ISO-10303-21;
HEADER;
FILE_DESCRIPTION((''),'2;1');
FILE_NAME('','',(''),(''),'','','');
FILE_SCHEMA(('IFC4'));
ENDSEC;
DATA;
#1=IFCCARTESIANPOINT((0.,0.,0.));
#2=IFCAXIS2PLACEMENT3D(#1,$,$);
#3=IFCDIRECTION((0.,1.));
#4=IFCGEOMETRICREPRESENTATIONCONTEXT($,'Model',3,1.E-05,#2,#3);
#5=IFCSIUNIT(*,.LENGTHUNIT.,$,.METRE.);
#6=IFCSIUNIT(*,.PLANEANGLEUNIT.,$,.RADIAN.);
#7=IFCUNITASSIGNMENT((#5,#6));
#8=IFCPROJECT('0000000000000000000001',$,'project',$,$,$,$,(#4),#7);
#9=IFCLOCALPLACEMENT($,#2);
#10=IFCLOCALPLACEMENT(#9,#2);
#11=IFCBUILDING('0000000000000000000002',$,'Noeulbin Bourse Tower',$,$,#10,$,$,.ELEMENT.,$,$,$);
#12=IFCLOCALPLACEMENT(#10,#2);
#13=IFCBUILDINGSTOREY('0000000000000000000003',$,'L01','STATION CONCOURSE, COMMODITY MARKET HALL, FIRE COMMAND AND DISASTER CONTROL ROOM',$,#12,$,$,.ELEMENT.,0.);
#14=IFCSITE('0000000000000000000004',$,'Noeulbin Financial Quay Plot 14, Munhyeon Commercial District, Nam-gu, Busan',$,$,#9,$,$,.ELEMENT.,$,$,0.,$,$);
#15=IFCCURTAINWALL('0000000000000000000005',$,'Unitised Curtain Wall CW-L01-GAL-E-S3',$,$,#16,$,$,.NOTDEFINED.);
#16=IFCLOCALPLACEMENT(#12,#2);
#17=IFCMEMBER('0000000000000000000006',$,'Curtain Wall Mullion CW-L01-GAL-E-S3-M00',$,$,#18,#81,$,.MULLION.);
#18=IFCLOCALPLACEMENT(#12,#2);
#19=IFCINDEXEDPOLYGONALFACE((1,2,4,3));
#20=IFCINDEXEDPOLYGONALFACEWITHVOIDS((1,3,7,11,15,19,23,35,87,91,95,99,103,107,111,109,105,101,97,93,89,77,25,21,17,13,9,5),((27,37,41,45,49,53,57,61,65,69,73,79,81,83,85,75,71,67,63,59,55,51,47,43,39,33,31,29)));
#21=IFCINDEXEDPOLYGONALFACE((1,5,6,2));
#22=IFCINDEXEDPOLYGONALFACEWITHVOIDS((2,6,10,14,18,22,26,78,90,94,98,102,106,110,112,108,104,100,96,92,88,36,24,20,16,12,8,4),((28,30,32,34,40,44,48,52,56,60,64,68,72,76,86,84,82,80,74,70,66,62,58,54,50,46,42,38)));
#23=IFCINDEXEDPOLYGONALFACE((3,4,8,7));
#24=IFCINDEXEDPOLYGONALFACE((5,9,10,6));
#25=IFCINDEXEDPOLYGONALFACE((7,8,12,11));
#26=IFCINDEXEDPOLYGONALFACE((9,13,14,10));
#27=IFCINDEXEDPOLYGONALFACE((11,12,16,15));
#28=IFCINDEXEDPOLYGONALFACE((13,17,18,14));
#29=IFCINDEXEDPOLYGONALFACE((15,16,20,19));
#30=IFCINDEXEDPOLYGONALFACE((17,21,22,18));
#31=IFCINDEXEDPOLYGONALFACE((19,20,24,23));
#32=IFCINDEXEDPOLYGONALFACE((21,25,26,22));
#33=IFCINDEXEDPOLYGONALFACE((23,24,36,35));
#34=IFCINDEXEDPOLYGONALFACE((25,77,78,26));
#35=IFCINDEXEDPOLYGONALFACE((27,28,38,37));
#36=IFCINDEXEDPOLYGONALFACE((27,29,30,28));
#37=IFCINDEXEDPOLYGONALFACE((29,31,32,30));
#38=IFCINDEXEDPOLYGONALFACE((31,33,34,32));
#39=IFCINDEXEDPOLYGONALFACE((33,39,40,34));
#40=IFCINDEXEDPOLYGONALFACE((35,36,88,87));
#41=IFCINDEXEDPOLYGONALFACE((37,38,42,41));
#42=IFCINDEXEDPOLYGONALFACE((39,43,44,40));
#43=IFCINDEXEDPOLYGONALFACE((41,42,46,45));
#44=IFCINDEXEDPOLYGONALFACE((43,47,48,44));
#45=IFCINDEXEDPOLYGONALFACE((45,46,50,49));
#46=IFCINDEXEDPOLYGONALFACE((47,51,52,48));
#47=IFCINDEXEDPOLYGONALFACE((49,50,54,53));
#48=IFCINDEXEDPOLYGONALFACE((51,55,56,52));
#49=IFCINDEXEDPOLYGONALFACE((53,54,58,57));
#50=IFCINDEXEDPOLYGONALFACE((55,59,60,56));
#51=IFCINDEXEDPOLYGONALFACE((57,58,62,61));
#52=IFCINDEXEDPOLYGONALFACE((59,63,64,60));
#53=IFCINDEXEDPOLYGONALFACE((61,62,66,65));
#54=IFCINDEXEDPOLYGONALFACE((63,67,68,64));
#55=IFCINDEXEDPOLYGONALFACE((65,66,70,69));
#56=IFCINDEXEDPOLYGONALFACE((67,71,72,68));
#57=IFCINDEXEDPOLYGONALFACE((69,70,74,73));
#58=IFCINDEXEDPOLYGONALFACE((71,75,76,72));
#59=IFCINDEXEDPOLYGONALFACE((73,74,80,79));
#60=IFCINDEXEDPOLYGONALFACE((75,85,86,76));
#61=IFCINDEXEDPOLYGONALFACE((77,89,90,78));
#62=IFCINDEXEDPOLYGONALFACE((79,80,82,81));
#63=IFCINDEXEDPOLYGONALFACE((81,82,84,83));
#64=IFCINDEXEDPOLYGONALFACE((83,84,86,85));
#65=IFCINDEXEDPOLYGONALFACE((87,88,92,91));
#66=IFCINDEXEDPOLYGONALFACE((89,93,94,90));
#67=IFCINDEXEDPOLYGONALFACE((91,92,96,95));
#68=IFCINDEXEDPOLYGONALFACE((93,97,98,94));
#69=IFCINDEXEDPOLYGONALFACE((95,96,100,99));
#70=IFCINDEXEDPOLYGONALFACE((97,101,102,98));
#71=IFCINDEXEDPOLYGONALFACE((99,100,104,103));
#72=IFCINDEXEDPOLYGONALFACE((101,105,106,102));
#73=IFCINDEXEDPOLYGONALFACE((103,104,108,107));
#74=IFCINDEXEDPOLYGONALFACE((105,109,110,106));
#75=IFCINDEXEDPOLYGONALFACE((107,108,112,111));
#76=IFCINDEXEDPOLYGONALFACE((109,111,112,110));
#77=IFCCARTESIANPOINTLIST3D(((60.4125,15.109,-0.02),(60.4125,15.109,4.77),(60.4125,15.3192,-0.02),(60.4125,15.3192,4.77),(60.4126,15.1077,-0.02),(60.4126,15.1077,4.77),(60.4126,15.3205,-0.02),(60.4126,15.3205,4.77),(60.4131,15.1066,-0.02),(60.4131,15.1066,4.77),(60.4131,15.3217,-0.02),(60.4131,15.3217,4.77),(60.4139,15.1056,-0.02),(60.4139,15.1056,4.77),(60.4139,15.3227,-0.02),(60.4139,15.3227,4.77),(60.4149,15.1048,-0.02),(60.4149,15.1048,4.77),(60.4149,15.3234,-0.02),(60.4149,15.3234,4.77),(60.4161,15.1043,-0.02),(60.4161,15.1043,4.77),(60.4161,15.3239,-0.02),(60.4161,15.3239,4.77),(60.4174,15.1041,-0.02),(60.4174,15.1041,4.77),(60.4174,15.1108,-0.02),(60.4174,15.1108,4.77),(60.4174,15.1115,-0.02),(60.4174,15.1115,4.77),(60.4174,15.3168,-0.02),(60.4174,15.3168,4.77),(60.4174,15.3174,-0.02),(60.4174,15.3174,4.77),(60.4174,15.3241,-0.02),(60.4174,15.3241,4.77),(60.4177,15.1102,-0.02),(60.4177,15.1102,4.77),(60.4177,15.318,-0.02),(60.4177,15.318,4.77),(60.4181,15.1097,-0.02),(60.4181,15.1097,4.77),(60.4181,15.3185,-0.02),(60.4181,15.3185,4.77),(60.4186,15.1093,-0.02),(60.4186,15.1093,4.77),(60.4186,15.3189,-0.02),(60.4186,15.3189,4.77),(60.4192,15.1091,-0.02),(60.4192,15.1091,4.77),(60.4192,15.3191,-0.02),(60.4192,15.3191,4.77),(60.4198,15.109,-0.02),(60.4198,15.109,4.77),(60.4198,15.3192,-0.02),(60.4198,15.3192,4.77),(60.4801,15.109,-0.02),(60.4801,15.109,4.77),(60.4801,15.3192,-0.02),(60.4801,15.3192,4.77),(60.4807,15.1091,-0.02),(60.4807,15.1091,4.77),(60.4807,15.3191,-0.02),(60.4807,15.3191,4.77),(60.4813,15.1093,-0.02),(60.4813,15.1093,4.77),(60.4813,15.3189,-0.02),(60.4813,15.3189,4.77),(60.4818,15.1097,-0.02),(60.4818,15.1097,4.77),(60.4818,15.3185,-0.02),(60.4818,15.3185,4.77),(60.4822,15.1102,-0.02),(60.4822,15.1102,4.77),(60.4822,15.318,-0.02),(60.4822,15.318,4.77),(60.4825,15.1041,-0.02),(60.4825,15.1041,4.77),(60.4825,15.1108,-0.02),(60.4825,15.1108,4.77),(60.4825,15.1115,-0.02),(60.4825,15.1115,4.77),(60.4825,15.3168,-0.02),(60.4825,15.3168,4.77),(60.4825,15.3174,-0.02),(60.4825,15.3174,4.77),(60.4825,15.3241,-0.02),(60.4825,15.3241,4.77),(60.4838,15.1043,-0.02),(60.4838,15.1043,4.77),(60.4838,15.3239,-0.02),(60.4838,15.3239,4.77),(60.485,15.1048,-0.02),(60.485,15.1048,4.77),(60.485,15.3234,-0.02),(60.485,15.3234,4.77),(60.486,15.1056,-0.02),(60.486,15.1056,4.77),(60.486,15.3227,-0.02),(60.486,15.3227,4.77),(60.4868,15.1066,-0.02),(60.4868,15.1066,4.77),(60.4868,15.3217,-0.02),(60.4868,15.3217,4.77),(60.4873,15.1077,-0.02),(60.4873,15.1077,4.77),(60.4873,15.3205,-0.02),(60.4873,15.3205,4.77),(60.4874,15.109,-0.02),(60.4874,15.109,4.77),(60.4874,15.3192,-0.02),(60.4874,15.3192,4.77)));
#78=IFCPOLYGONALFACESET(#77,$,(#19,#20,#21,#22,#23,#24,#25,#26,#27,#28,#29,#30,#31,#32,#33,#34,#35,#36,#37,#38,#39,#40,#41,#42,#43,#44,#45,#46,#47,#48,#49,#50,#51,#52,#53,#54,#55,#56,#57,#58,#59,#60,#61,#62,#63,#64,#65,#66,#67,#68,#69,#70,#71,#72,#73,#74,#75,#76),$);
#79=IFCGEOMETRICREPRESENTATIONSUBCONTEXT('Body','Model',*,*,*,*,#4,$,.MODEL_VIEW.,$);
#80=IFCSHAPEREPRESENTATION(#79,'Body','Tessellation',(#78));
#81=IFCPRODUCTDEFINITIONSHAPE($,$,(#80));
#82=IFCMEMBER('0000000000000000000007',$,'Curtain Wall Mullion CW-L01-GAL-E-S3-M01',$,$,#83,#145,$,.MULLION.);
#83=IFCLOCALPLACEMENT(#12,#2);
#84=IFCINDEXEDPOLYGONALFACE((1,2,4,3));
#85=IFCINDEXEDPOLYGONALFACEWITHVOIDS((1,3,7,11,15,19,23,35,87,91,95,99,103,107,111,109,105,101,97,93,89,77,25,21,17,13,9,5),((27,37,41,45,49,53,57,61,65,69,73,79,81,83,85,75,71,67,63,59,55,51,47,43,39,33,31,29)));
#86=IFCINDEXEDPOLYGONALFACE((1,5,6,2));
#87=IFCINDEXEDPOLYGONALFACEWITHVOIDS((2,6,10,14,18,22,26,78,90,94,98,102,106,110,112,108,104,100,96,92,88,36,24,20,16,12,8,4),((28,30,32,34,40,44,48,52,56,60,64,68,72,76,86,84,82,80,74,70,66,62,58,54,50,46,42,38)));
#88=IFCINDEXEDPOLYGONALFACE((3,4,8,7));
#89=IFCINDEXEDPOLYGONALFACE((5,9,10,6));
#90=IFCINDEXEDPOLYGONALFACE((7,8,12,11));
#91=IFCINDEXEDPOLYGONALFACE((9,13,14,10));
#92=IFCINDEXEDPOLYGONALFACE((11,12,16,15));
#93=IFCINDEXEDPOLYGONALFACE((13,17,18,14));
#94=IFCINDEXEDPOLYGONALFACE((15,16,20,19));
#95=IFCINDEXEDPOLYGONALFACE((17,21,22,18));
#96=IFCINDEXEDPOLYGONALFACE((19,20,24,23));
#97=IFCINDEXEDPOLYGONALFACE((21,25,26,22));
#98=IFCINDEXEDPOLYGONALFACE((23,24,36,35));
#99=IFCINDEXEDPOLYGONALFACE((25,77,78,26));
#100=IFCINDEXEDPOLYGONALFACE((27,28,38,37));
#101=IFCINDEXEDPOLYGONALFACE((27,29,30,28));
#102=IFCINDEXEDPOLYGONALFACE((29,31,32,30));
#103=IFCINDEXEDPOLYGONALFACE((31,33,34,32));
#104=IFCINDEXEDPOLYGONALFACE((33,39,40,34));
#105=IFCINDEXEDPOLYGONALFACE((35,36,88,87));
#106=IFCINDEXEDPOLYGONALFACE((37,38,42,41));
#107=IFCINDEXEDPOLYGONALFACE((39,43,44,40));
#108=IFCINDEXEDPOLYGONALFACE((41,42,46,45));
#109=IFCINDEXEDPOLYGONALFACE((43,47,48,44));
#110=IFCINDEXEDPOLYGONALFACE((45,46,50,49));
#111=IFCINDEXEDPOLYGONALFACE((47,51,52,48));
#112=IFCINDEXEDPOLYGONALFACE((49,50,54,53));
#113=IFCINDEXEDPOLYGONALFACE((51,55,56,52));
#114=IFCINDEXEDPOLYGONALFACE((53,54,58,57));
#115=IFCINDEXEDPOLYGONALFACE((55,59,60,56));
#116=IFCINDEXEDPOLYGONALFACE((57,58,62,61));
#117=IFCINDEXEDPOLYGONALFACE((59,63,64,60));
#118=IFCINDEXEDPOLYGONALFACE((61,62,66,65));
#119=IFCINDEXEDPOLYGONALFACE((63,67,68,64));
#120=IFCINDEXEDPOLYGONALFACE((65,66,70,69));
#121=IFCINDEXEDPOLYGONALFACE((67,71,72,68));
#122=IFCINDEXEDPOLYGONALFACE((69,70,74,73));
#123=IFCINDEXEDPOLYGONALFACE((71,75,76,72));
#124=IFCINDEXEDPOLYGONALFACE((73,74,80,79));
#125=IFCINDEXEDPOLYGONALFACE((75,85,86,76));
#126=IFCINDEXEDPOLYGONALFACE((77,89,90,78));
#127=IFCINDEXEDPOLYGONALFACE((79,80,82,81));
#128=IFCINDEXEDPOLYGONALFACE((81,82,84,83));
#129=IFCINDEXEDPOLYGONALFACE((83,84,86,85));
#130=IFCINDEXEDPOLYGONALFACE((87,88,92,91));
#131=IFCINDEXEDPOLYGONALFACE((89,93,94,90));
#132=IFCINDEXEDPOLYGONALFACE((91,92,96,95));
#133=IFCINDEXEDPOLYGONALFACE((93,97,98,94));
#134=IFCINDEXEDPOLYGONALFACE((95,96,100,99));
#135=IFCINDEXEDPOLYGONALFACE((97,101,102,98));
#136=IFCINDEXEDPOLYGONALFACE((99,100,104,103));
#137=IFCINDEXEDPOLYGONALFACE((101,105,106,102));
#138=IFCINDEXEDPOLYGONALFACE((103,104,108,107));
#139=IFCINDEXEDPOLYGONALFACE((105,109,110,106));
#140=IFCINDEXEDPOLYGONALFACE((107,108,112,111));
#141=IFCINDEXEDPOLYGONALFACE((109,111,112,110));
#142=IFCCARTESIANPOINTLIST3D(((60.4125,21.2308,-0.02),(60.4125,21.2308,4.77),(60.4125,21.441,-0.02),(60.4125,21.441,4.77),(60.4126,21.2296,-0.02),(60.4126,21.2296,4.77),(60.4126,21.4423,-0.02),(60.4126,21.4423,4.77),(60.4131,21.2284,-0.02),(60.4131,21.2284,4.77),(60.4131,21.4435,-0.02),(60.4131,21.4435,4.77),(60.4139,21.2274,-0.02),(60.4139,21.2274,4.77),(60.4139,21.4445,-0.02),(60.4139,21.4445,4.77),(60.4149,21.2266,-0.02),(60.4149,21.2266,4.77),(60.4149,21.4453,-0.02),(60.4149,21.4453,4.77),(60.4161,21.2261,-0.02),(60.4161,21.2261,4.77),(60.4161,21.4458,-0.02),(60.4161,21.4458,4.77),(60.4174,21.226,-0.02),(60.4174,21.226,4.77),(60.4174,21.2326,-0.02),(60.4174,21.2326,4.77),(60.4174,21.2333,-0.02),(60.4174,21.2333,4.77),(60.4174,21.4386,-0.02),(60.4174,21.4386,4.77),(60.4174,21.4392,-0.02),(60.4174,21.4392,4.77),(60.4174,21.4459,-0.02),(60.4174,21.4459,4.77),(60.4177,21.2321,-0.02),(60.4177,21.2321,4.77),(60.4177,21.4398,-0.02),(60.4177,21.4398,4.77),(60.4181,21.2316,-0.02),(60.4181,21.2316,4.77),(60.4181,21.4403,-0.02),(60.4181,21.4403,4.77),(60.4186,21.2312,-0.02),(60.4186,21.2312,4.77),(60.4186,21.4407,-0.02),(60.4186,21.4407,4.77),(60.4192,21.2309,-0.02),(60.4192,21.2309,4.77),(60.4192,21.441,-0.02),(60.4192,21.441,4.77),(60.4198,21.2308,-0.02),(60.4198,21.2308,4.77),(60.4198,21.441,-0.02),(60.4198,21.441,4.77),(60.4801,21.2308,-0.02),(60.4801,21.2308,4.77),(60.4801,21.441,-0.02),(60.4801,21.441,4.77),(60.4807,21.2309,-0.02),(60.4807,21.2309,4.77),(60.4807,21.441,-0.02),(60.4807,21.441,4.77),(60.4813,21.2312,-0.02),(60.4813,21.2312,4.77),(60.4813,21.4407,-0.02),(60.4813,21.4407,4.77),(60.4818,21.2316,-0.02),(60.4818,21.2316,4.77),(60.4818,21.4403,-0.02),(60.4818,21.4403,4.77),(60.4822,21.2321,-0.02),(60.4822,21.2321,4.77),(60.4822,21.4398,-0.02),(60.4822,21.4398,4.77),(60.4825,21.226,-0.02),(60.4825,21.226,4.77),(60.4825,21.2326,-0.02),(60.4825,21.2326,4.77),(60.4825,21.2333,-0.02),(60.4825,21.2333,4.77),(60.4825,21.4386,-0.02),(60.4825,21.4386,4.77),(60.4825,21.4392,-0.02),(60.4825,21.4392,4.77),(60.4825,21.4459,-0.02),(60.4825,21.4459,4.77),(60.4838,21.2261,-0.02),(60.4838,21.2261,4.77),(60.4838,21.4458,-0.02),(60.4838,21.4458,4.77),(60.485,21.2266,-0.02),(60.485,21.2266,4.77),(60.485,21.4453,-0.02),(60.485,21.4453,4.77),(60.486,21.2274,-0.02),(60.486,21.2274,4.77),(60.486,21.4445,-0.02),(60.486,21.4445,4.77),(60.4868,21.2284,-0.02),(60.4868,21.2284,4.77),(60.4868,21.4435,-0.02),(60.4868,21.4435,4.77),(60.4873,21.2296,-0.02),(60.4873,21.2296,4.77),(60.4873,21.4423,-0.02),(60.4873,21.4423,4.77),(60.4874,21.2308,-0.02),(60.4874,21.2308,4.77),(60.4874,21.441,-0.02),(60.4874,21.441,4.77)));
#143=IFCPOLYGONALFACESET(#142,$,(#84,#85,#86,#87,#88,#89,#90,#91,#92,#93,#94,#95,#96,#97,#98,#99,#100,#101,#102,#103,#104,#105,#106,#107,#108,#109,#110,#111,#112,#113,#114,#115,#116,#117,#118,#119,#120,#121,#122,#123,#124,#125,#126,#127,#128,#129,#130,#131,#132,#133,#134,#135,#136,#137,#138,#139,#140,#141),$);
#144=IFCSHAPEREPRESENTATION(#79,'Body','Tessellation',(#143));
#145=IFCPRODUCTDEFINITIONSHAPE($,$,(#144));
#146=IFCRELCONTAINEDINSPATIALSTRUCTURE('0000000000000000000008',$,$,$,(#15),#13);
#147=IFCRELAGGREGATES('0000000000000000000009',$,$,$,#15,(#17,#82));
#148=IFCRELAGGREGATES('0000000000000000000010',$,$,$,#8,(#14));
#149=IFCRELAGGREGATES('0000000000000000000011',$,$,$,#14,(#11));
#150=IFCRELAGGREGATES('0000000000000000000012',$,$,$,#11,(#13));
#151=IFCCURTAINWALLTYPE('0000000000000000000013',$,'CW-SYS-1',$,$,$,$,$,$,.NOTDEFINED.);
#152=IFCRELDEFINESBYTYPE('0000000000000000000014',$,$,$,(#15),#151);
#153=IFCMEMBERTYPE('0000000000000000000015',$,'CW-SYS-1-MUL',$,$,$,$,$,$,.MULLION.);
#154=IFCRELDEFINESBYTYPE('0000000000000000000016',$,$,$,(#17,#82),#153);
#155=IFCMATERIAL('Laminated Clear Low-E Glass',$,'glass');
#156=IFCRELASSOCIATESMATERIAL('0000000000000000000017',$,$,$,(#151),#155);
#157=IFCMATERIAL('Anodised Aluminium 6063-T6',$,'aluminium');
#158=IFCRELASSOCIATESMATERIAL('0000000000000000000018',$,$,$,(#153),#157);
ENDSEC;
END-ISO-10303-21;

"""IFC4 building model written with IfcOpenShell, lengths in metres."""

from ifc_helpers import new_model, si_unit, direction, frame, origin, origin_2d, place, context, subcontext, project, spatial, hollow_rectangle, extrude, material, material_profile, profile_set, type_object, element, aggregate, save


model = new_model("IFC4")

# Units and contexts
model_context = context("Model", 3, precision=1e-05, world=origin(), true_north=direction((0.0, 1.0)))
body_context = subcontext(model_context, "Body", "Model", "MODEL_VIEW")
ifc_project = project(units=[si_unit("LENGTHUNIT", "METRE"), si_unit("PLANEANGLEUNIT", "RADIAN")], contexts=[model_context])

# Site, building, storey
site_placement = place(None, origin())
site = spatial("IfcSite", under=ifc_project, at=site_placement, Name="Noeulbin Financial Quay Plot 14, Munhyeon Commercial District, Nam-gu, Busan", CompositionType="ELEMENT", RefElevation=0.0)
building_placement = place(site_placement, origin())
building = spatial("IfcBuilding", under=site, at=building_placement, Name="Noeulbin Bourse Tower", CompositionType="ELEMENT")
storey_placement = place(building_placement, origin())
storey = spatial("IfcBuildingStorey", under=building, at=storey_placement, Name="L01", Description="STATION CONCOURSE, COMMODITY MARKET HALL, FIRE COMMAND AND DISASTER CONTROL ROOM", CompositionType="ELEMENT", Elevation=0.0)

# Shared definitions
ifc_material_1 = material(Name="Laminated Clear Low-E Glass", Category="glass")
curtain_wall_type = type_object("IfcCurtainWallType", Name="CW-SYS-1", PredefinedType="NOTDEFINED", material=ifc_material_1)
ifc_material_2 = material(Name="Anodised Aluminium 6063-T6", Category="aluminium")
ifc_material_profile_1 = material_profile(ifc_material_2, hollow_rectangle(XDim=0.075, YDim=0.22, WallThickness=0.0049, InnerFilletRadius=0.0024, OuterFilletRadius=0.0049, at=origin_2d()), Name="ALU-MULL-75x220x5", Category="LoadBearing")
ifc_profile_set_1 = profile_set([ifc_material_profile_1], Name="Anodised Aluminium 6063-T6")
member_type_1 = type_object("IfcMemberType", Name="CW-SYS-1-MUL", PredefinedType="MULLION", material=ifc_profile_set_1)

# Curtain wall, members
curtain_wall_1_placement = place(storey_placement, origin())
curtain_wall_1 = element("IfcCurtainWall", 1, at=curtain_wall_1_placement, inside=storey, type_object=curtain_wall_type, Name="Unitised Curtain Wall CW-L01-GAL-E-S3", PredefinedType="NOTDEFINED")
member_1_placement = place(storey_placement, frame((60.45, 15.2141, -0.02), z_axis=(0.0, 0.0, 1.0), x_axis=(1.0, 0.0, 0.0)))
member_1 = element("IfcMember", 2, at=member_1_placement, type_object=member_type_1, Name="Curtain Wall Mullion CW-L01-GAL-E-S3-M00", PredefinedType="MULLION", context=body_context, shape_type="SweptSolid", body=[
    extrude(hollow_rectangle(XDim=0.075, YDim=0.22, WallThickness=0.0049, InnerFilletRadius=0.0024, OuterFilletRadius=0.0049, at=origin_2d()), origin(), (0.0, 0.0, 1.0), 4.79),
])
member_2_placement = place(storey_placement, frame((60.45, 21.3359, -0.02), z_axis=(0.0, 0.0, 1.0), x_axis=(1.0, 0.0, 0.0)))
member_2 = element("IfcMember", 3, at=member_2_placement, type_object=member_type_1, Name="Curtain Wall Mullion CW-L01-GAL-E-S3-M01", PredefinedType="MULLION", context=body_context, shape_type="SweptSolid", body=[
    extrude(hollow_rectangle(XDim=0.075, YDim=0.22, WallThickness=0.0049, InnerFilletRadius=0.0024, OuterFilletRadius=0.0049, at=origin_2d()), origin(), (0.0, 0.0, 1.0), 4.79),
])

aggregate(curtain_wall_1, [member_1, member_2])

save(model, "model.ifc")
